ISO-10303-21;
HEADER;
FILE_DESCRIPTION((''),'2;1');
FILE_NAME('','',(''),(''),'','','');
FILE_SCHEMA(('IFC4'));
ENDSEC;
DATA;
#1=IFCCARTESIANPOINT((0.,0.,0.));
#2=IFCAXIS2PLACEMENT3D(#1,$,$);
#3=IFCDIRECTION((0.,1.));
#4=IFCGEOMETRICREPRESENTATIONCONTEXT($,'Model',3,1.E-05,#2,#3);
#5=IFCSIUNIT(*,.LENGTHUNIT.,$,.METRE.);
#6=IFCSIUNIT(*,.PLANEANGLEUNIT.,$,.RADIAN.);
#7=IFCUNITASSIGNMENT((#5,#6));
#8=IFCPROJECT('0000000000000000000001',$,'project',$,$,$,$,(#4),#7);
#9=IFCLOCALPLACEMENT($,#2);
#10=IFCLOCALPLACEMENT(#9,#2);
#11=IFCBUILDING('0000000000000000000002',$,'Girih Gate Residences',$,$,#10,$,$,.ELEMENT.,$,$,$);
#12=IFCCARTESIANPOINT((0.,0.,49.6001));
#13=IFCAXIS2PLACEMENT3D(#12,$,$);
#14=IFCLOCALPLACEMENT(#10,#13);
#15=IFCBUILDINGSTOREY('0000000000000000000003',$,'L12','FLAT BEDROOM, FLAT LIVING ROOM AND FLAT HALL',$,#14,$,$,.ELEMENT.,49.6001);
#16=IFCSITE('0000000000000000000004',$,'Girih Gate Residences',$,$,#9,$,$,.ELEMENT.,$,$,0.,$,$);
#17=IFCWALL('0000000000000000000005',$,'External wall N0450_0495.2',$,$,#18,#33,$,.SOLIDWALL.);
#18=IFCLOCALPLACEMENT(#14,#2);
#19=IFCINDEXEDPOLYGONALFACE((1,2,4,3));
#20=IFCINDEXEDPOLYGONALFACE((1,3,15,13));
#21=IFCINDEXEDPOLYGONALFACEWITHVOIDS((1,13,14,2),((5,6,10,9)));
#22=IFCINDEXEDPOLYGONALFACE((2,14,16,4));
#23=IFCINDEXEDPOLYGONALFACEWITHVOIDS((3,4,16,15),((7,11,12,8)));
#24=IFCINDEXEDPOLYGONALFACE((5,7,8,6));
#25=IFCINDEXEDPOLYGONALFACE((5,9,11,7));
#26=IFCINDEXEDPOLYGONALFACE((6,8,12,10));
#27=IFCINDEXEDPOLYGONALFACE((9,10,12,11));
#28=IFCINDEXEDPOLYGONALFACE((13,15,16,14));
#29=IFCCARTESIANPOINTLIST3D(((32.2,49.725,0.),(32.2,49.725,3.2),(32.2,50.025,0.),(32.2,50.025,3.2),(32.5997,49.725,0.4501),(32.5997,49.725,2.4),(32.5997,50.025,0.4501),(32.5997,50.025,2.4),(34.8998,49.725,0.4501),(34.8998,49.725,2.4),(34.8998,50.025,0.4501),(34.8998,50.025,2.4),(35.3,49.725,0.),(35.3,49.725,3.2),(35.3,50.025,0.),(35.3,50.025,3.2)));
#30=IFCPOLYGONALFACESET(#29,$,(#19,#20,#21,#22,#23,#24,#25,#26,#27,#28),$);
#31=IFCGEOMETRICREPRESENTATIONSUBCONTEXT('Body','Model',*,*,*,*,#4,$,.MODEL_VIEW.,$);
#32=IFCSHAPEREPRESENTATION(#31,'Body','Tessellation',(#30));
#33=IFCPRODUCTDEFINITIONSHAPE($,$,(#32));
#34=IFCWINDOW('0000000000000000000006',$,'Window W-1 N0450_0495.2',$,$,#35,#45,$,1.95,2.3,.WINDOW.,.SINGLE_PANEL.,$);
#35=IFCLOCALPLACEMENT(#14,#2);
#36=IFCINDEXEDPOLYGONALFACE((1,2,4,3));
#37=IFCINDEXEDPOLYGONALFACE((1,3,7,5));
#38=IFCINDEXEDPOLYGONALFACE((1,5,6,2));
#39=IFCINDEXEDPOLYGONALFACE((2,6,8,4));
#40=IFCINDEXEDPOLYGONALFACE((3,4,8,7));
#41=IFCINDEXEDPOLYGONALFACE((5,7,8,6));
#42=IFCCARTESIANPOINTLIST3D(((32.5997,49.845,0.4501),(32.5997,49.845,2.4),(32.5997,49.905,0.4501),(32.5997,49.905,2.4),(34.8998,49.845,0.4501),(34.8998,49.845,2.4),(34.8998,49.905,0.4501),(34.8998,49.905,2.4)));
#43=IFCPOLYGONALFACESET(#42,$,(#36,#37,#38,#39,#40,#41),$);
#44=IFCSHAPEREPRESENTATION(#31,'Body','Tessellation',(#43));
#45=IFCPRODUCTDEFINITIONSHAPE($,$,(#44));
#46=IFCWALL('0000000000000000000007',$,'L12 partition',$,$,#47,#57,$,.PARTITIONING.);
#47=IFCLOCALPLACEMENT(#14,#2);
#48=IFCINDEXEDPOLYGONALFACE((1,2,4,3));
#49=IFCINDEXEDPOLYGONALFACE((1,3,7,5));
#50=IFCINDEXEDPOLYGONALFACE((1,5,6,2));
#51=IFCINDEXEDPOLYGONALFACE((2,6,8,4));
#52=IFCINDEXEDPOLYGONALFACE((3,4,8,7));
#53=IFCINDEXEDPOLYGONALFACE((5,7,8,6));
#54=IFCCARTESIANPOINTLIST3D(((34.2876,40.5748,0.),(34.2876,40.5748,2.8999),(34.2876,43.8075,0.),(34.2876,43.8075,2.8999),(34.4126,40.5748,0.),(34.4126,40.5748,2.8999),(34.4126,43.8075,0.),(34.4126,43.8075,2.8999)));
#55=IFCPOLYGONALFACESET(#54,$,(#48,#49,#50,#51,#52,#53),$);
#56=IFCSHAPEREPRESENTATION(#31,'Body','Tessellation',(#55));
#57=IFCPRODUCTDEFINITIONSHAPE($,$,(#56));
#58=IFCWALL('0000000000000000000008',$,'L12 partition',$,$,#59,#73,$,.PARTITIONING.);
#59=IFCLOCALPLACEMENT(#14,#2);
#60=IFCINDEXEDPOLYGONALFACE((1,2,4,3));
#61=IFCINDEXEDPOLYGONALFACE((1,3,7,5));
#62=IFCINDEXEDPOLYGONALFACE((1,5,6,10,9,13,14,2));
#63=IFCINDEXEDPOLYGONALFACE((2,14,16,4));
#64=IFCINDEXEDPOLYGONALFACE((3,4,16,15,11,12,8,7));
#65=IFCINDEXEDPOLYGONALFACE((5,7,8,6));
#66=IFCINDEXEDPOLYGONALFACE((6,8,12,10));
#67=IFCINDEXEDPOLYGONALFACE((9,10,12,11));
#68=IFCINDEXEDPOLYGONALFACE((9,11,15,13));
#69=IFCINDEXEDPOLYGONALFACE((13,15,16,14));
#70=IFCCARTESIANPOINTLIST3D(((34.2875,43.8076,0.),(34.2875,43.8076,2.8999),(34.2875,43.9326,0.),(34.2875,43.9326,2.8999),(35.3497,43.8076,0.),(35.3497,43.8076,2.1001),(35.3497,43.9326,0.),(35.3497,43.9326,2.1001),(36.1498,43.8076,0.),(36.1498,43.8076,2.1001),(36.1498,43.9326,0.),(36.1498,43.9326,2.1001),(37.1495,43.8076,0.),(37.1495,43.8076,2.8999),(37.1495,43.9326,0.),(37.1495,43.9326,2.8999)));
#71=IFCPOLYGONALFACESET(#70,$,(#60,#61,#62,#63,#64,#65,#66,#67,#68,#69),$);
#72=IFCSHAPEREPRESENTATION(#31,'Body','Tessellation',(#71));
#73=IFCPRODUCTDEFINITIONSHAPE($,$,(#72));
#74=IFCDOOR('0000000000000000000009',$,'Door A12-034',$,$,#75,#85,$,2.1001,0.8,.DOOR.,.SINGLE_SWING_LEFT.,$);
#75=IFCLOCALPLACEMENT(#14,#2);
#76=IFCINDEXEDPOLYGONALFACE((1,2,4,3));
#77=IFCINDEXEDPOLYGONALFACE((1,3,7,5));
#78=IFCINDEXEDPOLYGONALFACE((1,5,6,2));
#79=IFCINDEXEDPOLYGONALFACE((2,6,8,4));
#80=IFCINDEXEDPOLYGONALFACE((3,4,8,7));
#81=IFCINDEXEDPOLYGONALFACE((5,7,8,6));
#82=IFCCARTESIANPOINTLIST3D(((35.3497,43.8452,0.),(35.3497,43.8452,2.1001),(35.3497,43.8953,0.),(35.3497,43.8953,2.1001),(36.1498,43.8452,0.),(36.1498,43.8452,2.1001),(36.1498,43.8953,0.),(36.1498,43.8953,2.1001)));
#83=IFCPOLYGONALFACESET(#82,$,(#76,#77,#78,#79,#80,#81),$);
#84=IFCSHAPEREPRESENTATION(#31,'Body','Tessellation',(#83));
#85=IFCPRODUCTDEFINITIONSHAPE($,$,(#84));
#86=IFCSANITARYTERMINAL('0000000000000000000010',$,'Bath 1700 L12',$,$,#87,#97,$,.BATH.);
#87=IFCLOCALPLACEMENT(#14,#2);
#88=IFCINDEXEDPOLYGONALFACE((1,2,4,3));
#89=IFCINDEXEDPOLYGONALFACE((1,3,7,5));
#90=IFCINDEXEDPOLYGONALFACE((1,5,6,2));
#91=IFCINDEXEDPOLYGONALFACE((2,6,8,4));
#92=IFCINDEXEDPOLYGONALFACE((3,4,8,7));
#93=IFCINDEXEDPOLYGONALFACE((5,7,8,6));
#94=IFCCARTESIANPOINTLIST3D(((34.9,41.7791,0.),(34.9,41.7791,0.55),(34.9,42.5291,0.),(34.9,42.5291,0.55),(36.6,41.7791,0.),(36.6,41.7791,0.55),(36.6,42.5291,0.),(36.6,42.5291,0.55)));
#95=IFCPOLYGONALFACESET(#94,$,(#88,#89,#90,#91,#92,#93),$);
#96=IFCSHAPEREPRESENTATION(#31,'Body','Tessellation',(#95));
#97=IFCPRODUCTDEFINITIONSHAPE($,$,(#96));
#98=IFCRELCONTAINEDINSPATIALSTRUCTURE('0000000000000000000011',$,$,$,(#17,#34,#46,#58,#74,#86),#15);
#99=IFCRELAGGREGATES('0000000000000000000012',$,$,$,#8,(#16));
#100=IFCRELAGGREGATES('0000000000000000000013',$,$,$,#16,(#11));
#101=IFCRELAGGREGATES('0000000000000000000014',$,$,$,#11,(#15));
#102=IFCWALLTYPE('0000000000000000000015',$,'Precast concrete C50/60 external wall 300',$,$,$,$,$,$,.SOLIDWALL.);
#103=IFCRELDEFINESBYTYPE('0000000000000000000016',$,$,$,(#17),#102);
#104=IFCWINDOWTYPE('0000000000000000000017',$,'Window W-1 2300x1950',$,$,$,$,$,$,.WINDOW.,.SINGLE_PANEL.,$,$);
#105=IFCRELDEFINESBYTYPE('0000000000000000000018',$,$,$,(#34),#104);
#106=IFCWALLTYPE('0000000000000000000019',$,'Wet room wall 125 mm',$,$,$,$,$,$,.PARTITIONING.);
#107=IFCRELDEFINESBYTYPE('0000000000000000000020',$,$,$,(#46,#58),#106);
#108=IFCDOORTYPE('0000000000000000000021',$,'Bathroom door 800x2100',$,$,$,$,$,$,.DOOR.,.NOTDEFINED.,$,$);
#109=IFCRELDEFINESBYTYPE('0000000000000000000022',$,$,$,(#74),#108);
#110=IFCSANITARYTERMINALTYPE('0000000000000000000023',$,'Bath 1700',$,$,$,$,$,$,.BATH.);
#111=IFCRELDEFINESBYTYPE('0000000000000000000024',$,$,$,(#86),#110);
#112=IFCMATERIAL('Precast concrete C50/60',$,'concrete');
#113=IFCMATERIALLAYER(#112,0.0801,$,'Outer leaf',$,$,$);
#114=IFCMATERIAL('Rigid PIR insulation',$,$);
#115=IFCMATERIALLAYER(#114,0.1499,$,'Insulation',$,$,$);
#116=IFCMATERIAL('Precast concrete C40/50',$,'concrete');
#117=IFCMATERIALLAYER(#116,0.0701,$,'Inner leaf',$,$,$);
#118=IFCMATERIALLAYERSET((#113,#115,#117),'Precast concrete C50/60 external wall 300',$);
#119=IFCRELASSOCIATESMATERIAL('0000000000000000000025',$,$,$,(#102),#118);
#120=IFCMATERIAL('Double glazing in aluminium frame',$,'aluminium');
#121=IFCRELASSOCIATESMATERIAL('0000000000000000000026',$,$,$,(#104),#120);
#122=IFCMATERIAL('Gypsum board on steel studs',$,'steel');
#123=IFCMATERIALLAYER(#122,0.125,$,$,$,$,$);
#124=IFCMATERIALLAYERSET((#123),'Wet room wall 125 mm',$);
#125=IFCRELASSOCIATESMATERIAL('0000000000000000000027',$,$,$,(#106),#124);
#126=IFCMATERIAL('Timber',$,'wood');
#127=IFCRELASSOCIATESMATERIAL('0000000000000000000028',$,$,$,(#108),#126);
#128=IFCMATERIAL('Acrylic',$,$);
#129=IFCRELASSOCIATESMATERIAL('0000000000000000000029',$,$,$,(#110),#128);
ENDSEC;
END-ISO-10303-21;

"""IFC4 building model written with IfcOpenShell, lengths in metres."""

from ifc_helpers import new_model, si_unit, direction, frame, frame_2d, origin, origin_2d, place, context, subcontext, project, spatial, rectangle, extrude, material, layer, layer_set, type_object, element, fill, save


model = new_model("IFC4")

# Units and contexts
model_context = context("Model", 3, precision=1e-05, world=origin(), true_north=direction((0.0, 1.0)))
body_context = subcontext(model_context, "Body", "Model", "MODEL_VIEW")
ifc_project = project(units=[si_unit("LENGTHUNIT", "METRE"), si_unit("PLANEANGLEUNIT", "RADIAN")], contexts=[model_context])

# Site, building, storey
site_placement = place(None, origin())
site = spatial("IfcSite", under=ifc_project, at=site_placement, Name="Girih Gate Residences", CompositionType="ELEMENT", RefElevation=0.0)
building_placement = place(site_placement, origin())
building = spatial("IfcBuilding", under=site, at=building_placement, Name="Girih Gate Residences", CompositionType="ELEMENT")
storey_placement = place(building_placement, frame((0.0, 0.0, 49.6001)))
storey = spatial("IfcBuildingStorey", under=building, at=storey_placement, Name="L12", Description="FLAT BEDROOM, FLAT LIVING ROOM AND FLAT HALL", CompositionType="ELEMENT", Elevation=49.6001)

# Shared definitions
ifc_material_1 = material(Name="Gypsum board on steel studs", Category="steel")
ifc_material_2 = material(Name="Timber", Category="wood")

# Wall, opening, window
ifc_material_3 = material(Name="Precast concrete C50/60", Category="concrete")
ifc_layer_1 = layer(ifc_material_3, 0.0801, Name="Outer leaf")
ifc_material_4 = material(Name="Rigid PIR insulation")
ifc_layer_2 = layer(ifc_material_4, 0.1499, Name="Insulation")
ifc_material_5 = material(Name="Precast concrete C40/50", Category="concrete")
ifc_layer_3 = layer(ifc_material_5, 0.0701, Name="Inner leaf")
ifc_layer_set_1 = layer_set([ifc_layer_1, ifc_layer_2, ifc_layer_3], Name="Precast concrete C50/60 external wall 300")
wall_type_1 = type_object("IfcWallType", Name="Precast concrete C50/60 external wall 300", PredefinedType="SOLIDWALL", material=ifc_layer_set_1)
ifc_material_6 = material(Name="Double glazing in aluminium frame", Category="aluminium")
window_type = type_object("IfcWindowType", Name="Window W-1 2300x1950", PartitioningType="SINGLE_PANEL", PredefinedType="WINDOW", material=ifc_material_6)
wall_1_placement = place(storey_placement, frame((32.2, 49.875, 0.0), z_axis=(0.0, 0.0, 1.0), x_axis=(1.0, 0.0, 0.0)))
wall_1 = element("IfcWall", 1, at=wall_1_placement, inside=storey, type_object=wall_type_1, Name="External wall N0450_0495.2", PredefinedType="SOLIDWALL", context=body_context, shape_type="SweptSolid", body=[
    extrude(rectangle(XDim=3.1001, YDim=0.3, at=frame_2d((1.55, 0.0))), origin(), (0.0, 0.0, 1.0), 3.2),
])
opening_1_placement = place(wall_1_placement, frame((0.3999, 0.0, 0.45)))
opening_1 = element("IfcOpeningElement", 2, at=opening_1_placement, cuts=wall_1, PredefinedType="OPENING", context=body_context, shape_type="SweptSolid", body=[
    extrude(rectangle(XDim=2.3, YDim=1.95, at=frame_2d((1.1499, 0.9751))), frame((0.0, 0.1599, 0.0), z_axis=(0.0, -1.0, 0.0), x_axis=(1.0, 0.0, 0.0)), (0.0, 0.0, 1.0), 0.3201),
])
window_1_placement = place(opening_1_placement, origin())
window_1 = element("IfcWindow", 3, at=window_1_placement, inside=storey, type_object=window_type, Name="Window W-1 N0450_0495.2", OverallHeight=1.95, OverallWidth=2.3, PartitioningType="SINGLE_PANEL", PredefinedType="WINDOW", context=body_context, shape_type="SweptSolid", body=[
    extrude(rectangle(XDim=2.3, YDim=1.95, at=frame_2d((1.1499, 0.9751))), frame((0.0, 0.03, 0.0), z_axis=(0.0, -1.0, 0.0), x_axis=(1.0, 0.0, 0.0)), (0.0, 0.0, 1.0), 0.0601),
])
fill(opening_1, window_1)

# Wall
ifc_layer_4 = layer(ifc_material_1, 0.125)
ifc_layer_set_2 = layer_set([ifc_layer_4], Name="Wet room wall 125 mm")
wall_type_2 = type_object("IfcWallType", Name="Wet room wall 125 mm", PredefinedType="PARTITIONING", material=ifc_layer_set_2)
wall_2_placement = place(storey_placement, frame((34.3501, 40.575, 0.0), z_axis=(0.0, 0.0, 1.0), x_axis=(0.0, 1.0, 0.0)))
element("IfcWall", 4, at=wall_2_placement, inside=storey, type_object=wall_type_2, Name="L12 partition", PredefinedType="PARTITIONING", context=body_context, shape_type="SweptSolid", body=[
    extrude(rectangle(XDim=3.2327, YDim=0.125, at=frame_2d((1.6162, 0.0))), origin(), (0.0, 0.0, 1.0), 2.8999),
])

# Wall, opening, door
wall_3_placement = place(storey_placement, frame((37.1497, 43.8701, 0.0), z_axis=(0.0, 0.0, 1.0), x_axis=(-1.0, 0.0, 0.0)))
wall_3 = element("IfcWall", 5, at=wall_3_placement, inside=storey, type_object=wall_type_2, Name="L12 partition", PredefinedType="PARTITIONING", context=body_context, shape_type="SweptSolid", body=[
    extrude(rectangle(XDim=2.8621, YDim=0.125, at=frame_2d((1.4312, 0.0))), origin(), (0.0, 0.0, 1.0), 2.8999),
])
opening_2_placement = place(wall_3_placement, frame((1.0, 0.0, 0.0)))
opening_2 = element("IfcOpeningElement", 6, at=opening_2_placement, cuts=wall_3, PredefinedType="OPENING", context=body_context, shape_type="SweptSolid", body=[
    extrude(rectangle(XDim=0.8, YDim=2.1001, at=frame_2d((0.3999, 1.05))), frame((0.0, 0.0725, 0.0), z_axis=(0.0, -1.0, 0.0), x_axis=(1.0, 0.0, 0.0)), (0.0, 0.0, 1.0), 0.145),
])
door_type_1 = type_object("IfcDoorType", Name="Bathroom door 800x2100", OperationType="NOTDEFINED", PredefinedType="DOOR", material=ifc_material_2)
door_1_placement = place(opening_2_placement, origin())
door_1 = element("IfcDoor", 7, at=door_1_placement, inside=storey, type_object=door_type_1, Name="Door A12-034", OperationType="SINGLE_SWING_LEFT", OverallHeight=2.1001, OverallWidth=0.8, PredefinedType="DOOR", context=body_context, shape_type="SweptSolid", body=[
    extrude(rectangle(XDim=0.8, YDim=2.1001, at=frame_2d((0.3999, 1.05))), frame((0.0, 0.0249, 0.0), z_axis=(0.0, -1.0, 0.0), x_axis=(1.0, 0.0, 0.0)), (0.0, 0.0, 1.0), 0.05),
])
fill(opening_2, door_1)

# Sanitary terminal
ifc_material_7 = material(Name="Acrylic")
sanitary_terminal_type = type_object("IfcSanitaryTerminalType", Name="Bath 1700", PredefinedType="BATH", material=ifc_material_7)
sanitary_terminal_placement = place(storey_placement, frame((35.75, 42.1541, 0.0), z_axis=(0.0, 0.0, 1.0), x_axis=(1.0, 0.0, 0.0)))
element("IfcSanitaryTerminal", 8, at=sanitary_terminal_placement, inside=storey, type_object=sanitary_terminal_type, Name="Bath 1700 L12", PredefinedType="BATH", context=body_context, shape_type="SweptSolid", body=[
    extrude(rectangle(XDim=1.7, YDim=0.75, at=origin_2d()), origin(), (0.0, 0.0, 1.0), 0.55),
])

save(model, "model.ifc")
